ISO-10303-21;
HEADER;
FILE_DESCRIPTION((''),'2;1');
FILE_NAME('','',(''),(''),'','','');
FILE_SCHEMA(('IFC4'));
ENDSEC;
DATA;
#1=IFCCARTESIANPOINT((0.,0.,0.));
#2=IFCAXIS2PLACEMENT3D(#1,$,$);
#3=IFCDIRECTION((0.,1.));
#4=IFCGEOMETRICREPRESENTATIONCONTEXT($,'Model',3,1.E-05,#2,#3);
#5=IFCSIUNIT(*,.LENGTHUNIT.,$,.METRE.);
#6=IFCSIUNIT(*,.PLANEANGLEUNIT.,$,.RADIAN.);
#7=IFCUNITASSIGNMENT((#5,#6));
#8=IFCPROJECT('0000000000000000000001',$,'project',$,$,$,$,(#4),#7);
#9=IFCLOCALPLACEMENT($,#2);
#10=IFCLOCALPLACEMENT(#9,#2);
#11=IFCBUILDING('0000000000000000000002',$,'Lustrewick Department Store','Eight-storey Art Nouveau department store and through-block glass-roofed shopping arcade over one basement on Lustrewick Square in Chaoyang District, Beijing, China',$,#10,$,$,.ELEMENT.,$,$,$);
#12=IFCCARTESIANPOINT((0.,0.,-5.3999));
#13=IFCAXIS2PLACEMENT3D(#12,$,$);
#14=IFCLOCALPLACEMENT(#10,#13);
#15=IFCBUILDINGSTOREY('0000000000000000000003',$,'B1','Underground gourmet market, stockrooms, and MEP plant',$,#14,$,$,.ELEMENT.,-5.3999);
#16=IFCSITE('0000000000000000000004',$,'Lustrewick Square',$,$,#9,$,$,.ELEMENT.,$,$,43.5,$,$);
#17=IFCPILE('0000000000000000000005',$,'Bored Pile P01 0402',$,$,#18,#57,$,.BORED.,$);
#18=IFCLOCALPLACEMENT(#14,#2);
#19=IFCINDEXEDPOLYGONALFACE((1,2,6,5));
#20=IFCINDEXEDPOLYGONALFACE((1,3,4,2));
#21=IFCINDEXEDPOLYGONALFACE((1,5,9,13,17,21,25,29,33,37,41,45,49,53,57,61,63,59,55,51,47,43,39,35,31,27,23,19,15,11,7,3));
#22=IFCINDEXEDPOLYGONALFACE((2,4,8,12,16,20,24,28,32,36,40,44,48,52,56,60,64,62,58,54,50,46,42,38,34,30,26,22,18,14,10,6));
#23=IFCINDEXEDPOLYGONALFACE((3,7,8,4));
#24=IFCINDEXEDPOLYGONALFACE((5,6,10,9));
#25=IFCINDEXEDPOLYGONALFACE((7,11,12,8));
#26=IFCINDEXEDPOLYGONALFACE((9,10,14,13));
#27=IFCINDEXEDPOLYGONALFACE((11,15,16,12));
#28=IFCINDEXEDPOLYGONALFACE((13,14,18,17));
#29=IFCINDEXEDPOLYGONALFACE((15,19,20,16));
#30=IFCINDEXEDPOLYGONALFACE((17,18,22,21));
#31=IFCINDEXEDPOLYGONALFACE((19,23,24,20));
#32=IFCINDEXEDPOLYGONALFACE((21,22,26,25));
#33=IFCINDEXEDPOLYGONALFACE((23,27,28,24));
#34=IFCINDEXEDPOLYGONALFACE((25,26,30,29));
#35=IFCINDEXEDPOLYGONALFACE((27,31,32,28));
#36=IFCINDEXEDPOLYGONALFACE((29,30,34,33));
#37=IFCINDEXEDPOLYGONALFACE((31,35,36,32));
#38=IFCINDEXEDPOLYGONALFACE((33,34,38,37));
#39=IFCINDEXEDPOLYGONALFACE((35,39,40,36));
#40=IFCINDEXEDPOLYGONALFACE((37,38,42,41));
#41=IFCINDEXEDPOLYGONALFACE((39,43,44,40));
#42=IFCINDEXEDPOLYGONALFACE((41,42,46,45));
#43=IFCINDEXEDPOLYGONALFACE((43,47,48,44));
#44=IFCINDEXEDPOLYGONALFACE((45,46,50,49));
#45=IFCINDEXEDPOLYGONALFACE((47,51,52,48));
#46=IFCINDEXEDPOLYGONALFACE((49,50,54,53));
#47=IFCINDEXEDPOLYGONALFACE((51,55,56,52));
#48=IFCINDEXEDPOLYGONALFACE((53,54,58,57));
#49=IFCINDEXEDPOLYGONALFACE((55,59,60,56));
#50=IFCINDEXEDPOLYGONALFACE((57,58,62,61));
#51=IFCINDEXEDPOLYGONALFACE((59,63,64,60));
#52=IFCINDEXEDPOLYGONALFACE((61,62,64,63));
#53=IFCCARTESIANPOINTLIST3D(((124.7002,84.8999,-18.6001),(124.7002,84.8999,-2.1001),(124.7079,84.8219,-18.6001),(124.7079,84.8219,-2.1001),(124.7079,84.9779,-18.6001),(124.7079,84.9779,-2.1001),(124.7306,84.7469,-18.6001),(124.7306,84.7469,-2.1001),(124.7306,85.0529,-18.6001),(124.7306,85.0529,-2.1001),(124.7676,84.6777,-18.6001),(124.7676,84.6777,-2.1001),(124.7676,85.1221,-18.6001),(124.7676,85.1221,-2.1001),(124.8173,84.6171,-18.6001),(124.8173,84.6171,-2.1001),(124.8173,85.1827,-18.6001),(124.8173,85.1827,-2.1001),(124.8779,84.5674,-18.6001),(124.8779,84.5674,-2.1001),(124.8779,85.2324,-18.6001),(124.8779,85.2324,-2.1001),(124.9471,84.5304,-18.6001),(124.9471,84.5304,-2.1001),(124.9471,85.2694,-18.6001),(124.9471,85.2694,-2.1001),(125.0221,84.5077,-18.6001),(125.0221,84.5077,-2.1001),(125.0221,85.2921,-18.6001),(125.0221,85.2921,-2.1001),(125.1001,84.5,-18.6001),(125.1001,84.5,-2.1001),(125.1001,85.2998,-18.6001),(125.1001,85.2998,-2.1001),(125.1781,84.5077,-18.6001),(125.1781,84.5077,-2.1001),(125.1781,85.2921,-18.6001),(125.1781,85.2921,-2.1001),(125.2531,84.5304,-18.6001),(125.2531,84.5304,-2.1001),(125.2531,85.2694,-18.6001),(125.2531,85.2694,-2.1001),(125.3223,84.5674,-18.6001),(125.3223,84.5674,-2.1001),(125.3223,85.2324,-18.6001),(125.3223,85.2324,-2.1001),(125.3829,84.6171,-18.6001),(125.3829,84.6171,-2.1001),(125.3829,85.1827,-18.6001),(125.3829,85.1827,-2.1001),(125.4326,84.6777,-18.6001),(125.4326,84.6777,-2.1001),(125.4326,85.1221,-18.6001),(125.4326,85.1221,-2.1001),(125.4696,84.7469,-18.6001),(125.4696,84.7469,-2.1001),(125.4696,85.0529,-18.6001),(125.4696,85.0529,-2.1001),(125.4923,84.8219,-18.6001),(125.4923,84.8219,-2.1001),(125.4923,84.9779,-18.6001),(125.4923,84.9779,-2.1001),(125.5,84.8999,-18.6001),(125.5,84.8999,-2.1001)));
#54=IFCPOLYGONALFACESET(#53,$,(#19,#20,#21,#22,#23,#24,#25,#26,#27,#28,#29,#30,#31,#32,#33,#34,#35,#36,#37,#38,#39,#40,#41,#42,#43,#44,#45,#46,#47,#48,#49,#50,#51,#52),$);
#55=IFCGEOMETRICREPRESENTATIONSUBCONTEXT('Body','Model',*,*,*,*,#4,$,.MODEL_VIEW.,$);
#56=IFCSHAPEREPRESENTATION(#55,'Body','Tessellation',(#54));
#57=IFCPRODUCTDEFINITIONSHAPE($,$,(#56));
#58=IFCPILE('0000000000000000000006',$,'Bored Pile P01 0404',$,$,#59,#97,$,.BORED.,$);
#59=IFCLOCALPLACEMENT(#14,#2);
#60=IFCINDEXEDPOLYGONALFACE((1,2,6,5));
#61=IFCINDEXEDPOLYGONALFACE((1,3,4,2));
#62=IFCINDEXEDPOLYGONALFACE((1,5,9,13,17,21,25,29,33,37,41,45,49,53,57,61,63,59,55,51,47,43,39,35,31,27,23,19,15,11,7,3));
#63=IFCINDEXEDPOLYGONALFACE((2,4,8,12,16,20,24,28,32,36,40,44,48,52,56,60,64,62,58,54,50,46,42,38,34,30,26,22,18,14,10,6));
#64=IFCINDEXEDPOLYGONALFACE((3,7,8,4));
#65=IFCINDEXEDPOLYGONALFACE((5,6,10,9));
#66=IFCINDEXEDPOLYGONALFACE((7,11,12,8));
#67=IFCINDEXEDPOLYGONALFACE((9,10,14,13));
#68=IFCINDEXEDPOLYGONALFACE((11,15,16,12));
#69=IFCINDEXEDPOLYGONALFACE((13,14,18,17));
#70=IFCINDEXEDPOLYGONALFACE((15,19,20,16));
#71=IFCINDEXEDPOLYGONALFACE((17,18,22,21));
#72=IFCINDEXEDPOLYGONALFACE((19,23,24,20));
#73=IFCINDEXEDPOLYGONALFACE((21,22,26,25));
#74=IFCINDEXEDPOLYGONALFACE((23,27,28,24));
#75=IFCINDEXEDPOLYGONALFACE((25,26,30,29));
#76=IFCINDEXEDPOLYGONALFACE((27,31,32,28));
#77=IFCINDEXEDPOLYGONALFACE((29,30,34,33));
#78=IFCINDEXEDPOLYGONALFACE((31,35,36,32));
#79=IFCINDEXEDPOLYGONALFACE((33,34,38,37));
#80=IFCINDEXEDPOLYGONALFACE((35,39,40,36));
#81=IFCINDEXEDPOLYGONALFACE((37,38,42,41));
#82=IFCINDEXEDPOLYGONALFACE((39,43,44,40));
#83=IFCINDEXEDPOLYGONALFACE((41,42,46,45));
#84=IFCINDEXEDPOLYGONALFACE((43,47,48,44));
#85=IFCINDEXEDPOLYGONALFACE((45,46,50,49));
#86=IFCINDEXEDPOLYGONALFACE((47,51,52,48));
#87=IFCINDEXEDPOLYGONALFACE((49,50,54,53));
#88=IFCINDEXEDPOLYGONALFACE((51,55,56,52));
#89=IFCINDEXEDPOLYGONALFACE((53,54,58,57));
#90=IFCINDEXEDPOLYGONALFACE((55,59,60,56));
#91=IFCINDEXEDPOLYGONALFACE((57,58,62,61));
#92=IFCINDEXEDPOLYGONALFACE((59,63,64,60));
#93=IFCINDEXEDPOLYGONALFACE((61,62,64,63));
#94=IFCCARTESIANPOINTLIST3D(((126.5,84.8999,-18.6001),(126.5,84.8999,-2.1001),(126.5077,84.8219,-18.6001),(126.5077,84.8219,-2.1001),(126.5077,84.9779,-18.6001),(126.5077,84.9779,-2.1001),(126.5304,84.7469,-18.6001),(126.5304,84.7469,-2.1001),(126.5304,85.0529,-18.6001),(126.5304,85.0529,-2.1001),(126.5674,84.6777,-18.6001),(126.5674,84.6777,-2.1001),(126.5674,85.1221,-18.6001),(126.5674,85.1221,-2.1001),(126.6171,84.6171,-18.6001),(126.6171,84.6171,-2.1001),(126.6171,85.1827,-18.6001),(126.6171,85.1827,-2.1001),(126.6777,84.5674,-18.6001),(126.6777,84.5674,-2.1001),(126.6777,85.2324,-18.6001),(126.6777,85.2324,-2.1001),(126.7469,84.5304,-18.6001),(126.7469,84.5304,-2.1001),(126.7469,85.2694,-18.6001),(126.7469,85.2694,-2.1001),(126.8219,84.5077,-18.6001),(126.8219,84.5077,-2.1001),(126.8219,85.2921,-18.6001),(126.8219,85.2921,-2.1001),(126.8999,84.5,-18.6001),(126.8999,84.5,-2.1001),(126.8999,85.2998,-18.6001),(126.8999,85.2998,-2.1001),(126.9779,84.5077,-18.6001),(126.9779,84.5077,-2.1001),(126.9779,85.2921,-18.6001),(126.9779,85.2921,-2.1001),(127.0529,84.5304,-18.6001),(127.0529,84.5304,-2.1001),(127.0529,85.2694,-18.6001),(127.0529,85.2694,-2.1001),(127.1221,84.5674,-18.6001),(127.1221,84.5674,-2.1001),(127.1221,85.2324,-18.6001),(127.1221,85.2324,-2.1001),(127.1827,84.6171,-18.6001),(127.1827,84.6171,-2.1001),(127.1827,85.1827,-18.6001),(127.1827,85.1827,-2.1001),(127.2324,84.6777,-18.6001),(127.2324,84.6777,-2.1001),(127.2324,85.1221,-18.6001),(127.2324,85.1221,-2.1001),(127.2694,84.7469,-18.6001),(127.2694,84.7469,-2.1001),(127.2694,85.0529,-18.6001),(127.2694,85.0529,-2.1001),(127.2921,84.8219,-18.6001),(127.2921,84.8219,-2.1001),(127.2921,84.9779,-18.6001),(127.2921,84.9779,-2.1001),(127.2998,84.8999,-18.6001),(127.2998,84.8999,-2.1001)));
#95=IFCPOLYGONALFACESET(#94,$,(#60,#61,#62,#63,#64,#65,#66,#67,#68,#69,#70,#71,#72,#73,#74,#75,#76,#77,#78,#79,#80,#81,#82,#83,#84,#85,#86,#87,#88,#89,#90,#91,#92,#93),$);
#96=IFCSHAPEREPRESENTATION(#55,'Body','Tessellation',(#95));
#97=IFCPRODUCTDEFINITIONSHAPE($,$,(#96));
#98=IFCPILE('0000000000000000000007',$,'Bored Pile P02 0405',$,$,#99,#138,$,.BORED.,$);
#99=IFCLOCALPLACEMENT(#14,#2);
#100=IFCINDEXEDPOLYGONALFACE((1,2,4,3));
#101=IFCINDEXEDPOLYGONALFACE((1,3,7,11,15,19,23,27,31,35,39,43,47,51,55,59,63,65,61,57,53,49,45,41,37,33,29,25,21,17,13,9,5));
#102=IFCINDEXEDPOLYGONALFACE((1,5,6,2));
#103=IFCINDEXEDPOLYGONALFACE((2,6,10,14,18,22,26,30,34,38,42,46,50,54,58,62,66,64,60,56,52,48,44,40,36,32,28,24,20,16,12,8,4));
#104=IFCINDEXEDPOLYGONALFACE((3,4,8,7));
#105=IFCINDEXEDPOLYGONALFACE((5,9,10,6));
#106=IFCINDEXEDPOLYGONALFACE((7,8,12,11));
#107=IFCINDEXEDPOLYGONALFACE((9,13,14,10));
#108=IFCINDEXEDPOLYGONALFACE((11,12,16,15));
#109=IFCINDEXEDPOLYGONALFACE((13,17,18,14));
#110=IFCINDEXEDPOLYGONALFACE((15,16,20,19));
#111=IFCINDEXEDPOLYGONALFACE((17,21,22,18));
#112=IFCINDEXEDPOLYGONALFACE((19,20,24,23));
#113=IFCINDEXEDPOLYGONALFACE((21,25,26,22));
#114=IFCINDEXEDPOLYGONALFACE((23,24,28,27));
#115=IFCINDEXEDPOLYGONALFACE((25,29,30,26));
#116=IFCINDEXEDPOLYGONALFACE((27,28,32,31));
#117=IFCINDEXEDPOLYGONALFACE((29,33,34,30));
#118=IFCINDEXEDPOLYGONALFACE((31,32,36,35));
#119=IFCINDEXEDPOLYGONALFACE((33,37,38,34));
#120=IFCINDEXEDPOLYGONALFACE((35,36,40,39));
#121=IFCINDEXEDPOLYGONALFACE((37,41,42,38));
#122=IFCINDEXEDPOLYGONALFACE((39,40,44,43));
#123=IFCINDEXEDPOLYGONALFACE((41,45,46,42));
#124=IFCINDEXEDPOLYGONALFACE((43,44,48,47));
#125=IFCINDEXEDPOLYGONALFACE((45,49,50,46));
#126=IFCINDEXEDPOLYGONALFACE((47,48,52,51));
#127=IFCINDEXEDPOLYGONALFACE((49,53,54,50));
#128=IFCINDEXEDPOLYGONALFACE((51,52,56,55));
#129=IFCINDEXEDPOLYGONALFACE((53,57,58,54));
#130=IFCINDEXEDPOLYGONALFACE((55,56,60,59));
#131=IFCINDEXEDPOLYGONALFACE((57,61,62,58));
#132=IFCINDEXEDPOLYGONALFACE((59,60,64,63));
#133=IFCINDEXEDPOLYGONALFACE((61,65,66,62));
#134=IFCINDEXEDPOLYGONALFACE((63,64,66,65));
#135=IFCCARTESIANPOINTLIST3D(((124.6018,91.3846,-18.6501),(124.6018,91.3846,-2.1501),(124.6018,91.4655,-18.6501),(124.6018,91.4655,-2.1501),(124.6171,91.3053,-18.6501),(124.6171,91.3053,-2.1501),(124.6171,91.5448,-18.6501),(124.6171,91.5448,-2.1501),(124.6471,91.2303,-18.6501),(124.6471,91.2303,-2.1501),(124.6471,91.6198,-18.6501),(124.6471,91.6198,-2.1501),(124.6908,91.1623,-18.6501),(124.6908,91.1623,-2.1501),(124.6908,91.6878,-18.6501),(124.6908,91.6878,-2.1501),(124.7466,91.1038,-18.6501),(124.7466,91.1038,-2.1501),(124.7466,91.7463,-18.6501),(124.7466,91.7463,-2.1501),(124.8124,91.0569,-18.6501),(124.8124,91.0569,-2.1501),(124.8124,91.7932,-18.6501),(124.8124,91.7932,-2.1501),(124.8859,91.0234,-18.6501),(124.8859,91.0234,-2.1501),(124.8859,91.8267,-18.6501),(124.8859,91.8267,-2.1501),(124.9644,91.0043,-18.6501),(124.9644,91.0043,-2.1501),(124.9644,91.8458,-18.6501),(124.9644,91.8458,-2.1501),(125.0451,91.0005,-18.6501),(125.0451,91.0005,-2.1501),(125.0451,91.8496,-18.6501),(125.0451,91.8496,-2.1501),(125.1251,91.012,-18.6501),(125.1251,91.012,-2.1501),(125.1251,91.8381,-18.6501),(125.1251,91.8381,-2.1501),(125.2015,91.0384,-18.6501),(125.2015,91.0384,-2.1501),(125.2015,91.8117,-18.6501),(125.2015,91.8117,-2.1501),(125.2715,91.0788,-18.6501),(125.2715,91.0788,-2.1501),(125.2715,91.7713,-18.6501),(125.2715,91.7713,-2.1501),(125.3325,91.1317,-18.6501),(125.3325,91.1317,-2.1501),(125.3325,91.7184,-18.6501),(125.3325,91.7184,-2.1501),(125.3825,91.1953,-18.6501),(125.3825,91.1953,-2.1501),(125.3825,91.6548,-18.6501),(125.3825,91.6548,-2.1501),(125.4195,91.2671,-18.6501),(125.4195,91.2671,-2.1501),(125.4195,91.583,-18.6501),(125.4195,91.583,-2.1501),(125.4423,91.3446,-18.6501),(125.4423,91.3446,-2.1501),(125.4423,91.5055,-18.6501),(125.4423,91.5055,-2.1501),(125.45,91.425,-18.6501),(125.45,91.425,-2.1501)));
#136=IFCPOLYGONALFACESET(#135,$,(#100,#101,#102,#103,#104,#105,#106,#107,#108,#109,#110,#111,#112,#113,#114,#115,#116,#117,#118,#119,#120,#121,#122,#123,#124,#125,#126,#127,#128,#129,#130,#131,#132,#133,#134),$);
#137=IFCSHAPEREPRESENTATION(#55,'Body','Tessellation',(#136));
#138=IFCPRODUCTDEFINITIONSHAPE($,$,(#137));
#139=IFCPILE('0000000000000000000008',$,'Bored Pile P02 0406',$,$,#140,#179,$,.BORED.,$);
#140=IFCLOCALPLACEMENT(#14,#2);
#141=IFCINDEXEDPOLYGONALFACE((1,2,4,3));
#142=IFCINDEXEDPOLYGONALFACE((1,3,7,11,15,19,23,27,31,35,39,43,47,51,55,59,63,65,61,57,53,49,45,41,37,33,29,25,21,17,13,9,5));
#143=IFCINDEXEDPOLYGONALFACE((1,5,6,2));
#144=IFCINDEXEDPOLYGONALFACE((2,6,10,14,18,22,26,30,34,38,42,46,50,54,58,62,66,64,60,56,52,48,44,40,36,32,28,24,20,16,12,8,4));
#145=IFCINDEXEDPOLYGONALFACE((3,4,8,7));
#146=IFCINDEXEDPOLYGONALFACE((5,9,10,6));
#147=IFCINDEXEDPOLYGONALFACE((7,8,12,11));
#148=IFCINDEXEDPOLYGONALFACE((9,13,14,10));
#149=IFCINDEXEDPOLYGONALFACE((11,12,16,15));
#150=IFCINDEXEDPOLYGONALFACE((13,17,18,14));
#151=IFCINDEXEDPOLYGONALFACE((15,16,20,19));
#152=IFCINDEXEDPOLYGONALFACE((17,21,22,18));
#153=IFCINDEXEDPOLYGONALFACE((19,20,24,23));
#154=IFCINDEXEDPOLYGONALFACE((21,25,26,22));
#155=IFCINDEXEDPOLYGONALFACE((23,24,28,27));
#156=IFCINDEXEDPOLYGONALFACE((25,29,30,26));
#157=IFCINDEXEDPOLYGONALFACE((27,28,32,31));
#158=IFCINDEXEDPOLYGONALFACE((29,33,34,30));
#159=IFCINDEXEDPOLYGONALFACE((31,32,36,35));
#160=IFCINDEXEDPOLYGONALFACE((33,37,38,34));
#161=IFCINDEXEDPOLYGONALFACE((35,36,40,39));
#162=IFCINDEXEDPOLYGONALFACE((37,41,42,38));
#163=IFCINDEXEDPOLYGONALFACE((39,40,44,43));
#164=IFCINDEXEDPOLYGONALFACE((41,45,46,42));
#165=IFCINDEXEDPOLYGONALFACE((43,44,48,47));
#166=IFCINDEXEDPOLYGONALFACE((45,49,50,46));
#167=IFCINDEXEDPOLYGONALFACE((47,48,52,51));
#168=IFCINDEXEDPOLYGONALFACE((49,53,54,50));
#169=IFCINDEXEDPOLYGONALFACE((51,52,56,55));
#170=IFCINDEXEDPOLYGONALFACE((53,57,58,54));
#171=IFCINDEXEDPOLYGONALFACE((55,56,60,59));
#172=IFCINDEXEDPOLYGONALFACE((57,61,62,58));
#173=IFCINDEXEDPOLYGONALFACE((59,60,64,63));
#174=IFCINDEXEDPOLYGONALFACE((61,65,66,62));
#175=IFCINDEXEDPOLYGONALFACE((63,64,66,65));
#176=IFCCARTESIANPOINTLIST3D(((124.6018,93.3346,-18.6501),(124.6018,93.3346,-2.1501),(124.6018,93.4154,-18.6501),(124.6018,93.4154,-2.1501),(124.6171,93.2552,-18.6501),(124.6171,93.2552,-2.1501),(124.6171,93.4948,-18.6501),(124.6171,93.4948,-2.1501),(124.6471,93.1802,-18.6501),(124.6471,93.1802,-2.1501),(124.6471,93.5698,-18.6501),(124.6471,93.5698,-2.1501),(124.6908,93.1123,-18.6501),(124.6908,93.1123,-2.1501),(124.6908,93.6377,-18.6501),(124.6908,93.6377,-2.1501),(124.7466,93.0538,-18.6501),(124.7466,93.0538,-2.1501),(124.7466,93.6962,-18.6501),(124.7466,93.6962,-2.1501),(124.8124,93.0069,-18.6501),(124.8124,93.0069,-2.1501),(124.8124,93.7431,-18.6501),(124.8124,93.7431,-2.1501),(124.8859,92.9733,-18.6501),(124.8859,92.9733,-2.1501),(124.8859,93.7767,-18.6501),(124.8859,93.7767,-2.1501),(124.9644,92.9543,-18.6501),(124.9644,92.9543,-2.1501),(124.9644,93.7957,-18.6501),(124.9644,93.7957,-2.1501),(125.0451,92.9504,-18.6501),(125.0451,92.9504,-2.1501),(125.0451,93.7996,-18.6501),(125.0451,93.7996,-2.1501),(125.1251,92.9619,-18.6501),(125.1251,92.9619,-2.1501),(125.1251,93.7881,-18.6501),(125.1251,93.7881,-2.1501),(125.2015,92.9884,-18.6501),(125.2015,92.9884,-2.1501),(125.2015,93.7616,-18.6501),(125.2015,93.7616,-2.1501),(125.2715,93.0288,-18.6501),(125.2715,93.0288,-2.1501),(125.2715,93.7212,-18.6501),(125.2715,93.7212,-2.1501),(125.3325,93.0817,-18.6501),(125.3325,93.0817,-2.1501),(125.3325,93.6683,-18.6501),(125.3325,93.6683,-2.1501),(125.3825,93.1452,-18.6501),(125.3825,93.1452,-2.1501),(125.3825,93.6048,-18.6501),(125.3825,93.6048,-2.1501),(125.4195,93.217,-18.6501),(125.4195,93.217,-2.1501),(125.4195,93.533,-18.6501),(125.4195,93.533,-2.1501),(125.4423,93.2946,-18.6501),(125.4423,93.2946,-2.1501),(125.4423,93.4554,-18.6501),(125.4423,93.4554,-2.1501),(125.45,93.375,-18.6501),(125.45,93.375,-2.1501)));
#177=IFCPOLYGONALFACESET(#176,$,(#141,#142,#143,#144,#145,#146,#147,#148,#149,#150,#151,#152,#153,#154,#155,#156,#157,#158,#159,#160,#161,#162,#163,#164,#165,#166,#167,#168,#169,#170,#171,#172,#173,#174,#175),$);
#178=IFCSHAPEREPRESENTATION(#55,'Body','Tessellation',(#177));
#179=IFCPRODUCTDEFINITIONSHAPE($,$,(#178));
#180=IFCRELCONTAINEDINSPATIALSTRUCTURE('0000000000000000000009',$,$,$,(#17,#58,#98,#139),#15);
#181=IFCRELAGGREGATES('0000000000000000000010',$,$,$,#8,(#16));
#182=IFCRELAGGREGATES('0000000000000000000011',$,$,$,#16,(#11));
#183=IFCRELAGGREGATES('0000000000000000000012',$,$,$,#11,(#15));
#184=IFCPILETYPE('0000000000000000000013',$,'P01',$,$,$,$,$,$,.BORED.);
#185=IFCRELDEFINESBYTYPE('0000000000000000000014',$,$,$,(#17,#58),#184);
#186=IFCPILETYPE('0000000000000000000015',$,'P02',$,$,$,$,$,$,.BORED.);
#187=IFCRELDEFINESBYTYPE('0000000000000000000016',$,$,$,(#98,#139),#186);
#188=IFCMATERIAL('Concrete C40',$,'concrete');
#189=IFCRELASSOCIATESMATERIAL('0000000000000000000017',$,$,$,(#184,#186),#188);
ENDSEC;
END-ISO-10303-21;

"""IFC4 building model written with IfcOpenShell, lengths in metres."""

from ifc_helpers import new_model, si_unit, direction, frame, origin, origin_2d, place, context, subcontext, project, spatial, circle, extrude, material, material_profile, profile_set, type_object, element, save


model = new_model("IFC4")

# Units and contexts
model_context = context("Model", 3, precision=1e-05, world=origin(), true_north=direction((0.0, 1.0)))
body_context = subcontext(model_context, "Body", "Model", "MODEL_VIEW")
ifc_project = project(units=[si_unit("LENGTHUNIT", "METRE"), si_unit("PLANEANGLEUNIT", "RADIAN")], contexts=[model_context])

# Site, building, storey
site_placement = place(None, origin())
site = spatial("IfcSite", under=ifc_project, at=site_placement, Name="Lustrewick Square", CompositionType="ELEMENT", RefElevation=43.5)
building_placement = place(site_placement, origin())
building = spatial("IfcBuilding", under=site, at=building_placement, Name="Lustrewick Department Store", Description="Eight-storey Art Nouveau department store and through-block glass-roofed shopping arcade over one basement on Lustrewick Square in Chaoyang District, Beijing, China", CompositionType="ELEMENT")
storey_placement = place(building_placement, frame((0.0, 0.0, -5.3999)))
storey = spatial("IfcBuildingStorey", under=building, at=storey_placement, Name="B1", Description="Underground gourmet market, stockrooms, and MEP plant", CompositionType="ELEMENT", Elevation=-5.3999)

# Piles
ifc_material_1 = material(Name="Concrete C40", Category="concrete")
ifc_material_profile_1 = material_profile(ifc_material_1, circle(Radius=0.3999, at=origin_2d()), Name="PILE D800")
ifc_profile_set_1 = profile_set([ifc_material_profile_1], Name="Concrete C40")
pile_type_1 = type_object("IfcPileType", Name="P01", PredefinedType="BORED", material=ifc_profile_set_1)
for number, where, z_axis, x_axis, name in (
    (1, (125.1001, 84.8999, -2.1001), (0.0, 0.0, -1.0), (1.0, 0.0, 0.0), "Bored Pile P01 0402"),
    (2, (126.8999, 84.8999, -2.1001), (0.0, 0.0, -1.0), (1.0, 0.0, 0.0), "Bored Pile P01 0404"),
):
    element("IfcPile", number, at=place(storey_placement, frame(where, z_axis=z_axis, x_axis=x_axis)), inside=storey, type_object=pile_type_1, Name=name, PredefinedType="BORED", context=body_context, shape_type="SweptSolid", body=[
        extrude(circle(Radius=0.3999, at=origin_2d()), origin(), (0.0, 0.0, 1.0), 16.5),
    ])
ifc_material_profile_2 = material_profile(ifc_material_1, circle(Radius=0.425, at=origin_2d()), Name="PILE D850")
ifc_profile_set_2 = profile_set([ifc_material_profile_2], Name="Concrete C40")
pile_type_2 = type_object("IfcPileType", Name="P02", PredefinedType="BORED", material=ifc_profile_set_2)
for number, where, z_axis, x_axis, name in (
    (3, (125.0249, 91.425, -2.1501), (0.0, 0.0, -1.0), (1.0, 0.0, 0.0), "Bored Pile P02 0405"),
    (4, (125.0249, 93.375, -2.1501), (0.0, 0.0, -1.0), (1.0, 0.0, 0.0), "Bored Pile P02 0406"),
):
    element("IfcPile", number, at=place(storey_placement, frame(where, z_axis=z_axis, x_axis=x_axis)), inside=storey, type_object=pile_type_2, Name=name, PredefinedType="BORED", context=body_context, shape_type="SweptSolid", body=[
        extrude(circle(Radius=0.425, at=origin_2d()), origin(), (0.0, 0.0, 1.0), 16.5),
    ])

save(model, "model.ifc")
